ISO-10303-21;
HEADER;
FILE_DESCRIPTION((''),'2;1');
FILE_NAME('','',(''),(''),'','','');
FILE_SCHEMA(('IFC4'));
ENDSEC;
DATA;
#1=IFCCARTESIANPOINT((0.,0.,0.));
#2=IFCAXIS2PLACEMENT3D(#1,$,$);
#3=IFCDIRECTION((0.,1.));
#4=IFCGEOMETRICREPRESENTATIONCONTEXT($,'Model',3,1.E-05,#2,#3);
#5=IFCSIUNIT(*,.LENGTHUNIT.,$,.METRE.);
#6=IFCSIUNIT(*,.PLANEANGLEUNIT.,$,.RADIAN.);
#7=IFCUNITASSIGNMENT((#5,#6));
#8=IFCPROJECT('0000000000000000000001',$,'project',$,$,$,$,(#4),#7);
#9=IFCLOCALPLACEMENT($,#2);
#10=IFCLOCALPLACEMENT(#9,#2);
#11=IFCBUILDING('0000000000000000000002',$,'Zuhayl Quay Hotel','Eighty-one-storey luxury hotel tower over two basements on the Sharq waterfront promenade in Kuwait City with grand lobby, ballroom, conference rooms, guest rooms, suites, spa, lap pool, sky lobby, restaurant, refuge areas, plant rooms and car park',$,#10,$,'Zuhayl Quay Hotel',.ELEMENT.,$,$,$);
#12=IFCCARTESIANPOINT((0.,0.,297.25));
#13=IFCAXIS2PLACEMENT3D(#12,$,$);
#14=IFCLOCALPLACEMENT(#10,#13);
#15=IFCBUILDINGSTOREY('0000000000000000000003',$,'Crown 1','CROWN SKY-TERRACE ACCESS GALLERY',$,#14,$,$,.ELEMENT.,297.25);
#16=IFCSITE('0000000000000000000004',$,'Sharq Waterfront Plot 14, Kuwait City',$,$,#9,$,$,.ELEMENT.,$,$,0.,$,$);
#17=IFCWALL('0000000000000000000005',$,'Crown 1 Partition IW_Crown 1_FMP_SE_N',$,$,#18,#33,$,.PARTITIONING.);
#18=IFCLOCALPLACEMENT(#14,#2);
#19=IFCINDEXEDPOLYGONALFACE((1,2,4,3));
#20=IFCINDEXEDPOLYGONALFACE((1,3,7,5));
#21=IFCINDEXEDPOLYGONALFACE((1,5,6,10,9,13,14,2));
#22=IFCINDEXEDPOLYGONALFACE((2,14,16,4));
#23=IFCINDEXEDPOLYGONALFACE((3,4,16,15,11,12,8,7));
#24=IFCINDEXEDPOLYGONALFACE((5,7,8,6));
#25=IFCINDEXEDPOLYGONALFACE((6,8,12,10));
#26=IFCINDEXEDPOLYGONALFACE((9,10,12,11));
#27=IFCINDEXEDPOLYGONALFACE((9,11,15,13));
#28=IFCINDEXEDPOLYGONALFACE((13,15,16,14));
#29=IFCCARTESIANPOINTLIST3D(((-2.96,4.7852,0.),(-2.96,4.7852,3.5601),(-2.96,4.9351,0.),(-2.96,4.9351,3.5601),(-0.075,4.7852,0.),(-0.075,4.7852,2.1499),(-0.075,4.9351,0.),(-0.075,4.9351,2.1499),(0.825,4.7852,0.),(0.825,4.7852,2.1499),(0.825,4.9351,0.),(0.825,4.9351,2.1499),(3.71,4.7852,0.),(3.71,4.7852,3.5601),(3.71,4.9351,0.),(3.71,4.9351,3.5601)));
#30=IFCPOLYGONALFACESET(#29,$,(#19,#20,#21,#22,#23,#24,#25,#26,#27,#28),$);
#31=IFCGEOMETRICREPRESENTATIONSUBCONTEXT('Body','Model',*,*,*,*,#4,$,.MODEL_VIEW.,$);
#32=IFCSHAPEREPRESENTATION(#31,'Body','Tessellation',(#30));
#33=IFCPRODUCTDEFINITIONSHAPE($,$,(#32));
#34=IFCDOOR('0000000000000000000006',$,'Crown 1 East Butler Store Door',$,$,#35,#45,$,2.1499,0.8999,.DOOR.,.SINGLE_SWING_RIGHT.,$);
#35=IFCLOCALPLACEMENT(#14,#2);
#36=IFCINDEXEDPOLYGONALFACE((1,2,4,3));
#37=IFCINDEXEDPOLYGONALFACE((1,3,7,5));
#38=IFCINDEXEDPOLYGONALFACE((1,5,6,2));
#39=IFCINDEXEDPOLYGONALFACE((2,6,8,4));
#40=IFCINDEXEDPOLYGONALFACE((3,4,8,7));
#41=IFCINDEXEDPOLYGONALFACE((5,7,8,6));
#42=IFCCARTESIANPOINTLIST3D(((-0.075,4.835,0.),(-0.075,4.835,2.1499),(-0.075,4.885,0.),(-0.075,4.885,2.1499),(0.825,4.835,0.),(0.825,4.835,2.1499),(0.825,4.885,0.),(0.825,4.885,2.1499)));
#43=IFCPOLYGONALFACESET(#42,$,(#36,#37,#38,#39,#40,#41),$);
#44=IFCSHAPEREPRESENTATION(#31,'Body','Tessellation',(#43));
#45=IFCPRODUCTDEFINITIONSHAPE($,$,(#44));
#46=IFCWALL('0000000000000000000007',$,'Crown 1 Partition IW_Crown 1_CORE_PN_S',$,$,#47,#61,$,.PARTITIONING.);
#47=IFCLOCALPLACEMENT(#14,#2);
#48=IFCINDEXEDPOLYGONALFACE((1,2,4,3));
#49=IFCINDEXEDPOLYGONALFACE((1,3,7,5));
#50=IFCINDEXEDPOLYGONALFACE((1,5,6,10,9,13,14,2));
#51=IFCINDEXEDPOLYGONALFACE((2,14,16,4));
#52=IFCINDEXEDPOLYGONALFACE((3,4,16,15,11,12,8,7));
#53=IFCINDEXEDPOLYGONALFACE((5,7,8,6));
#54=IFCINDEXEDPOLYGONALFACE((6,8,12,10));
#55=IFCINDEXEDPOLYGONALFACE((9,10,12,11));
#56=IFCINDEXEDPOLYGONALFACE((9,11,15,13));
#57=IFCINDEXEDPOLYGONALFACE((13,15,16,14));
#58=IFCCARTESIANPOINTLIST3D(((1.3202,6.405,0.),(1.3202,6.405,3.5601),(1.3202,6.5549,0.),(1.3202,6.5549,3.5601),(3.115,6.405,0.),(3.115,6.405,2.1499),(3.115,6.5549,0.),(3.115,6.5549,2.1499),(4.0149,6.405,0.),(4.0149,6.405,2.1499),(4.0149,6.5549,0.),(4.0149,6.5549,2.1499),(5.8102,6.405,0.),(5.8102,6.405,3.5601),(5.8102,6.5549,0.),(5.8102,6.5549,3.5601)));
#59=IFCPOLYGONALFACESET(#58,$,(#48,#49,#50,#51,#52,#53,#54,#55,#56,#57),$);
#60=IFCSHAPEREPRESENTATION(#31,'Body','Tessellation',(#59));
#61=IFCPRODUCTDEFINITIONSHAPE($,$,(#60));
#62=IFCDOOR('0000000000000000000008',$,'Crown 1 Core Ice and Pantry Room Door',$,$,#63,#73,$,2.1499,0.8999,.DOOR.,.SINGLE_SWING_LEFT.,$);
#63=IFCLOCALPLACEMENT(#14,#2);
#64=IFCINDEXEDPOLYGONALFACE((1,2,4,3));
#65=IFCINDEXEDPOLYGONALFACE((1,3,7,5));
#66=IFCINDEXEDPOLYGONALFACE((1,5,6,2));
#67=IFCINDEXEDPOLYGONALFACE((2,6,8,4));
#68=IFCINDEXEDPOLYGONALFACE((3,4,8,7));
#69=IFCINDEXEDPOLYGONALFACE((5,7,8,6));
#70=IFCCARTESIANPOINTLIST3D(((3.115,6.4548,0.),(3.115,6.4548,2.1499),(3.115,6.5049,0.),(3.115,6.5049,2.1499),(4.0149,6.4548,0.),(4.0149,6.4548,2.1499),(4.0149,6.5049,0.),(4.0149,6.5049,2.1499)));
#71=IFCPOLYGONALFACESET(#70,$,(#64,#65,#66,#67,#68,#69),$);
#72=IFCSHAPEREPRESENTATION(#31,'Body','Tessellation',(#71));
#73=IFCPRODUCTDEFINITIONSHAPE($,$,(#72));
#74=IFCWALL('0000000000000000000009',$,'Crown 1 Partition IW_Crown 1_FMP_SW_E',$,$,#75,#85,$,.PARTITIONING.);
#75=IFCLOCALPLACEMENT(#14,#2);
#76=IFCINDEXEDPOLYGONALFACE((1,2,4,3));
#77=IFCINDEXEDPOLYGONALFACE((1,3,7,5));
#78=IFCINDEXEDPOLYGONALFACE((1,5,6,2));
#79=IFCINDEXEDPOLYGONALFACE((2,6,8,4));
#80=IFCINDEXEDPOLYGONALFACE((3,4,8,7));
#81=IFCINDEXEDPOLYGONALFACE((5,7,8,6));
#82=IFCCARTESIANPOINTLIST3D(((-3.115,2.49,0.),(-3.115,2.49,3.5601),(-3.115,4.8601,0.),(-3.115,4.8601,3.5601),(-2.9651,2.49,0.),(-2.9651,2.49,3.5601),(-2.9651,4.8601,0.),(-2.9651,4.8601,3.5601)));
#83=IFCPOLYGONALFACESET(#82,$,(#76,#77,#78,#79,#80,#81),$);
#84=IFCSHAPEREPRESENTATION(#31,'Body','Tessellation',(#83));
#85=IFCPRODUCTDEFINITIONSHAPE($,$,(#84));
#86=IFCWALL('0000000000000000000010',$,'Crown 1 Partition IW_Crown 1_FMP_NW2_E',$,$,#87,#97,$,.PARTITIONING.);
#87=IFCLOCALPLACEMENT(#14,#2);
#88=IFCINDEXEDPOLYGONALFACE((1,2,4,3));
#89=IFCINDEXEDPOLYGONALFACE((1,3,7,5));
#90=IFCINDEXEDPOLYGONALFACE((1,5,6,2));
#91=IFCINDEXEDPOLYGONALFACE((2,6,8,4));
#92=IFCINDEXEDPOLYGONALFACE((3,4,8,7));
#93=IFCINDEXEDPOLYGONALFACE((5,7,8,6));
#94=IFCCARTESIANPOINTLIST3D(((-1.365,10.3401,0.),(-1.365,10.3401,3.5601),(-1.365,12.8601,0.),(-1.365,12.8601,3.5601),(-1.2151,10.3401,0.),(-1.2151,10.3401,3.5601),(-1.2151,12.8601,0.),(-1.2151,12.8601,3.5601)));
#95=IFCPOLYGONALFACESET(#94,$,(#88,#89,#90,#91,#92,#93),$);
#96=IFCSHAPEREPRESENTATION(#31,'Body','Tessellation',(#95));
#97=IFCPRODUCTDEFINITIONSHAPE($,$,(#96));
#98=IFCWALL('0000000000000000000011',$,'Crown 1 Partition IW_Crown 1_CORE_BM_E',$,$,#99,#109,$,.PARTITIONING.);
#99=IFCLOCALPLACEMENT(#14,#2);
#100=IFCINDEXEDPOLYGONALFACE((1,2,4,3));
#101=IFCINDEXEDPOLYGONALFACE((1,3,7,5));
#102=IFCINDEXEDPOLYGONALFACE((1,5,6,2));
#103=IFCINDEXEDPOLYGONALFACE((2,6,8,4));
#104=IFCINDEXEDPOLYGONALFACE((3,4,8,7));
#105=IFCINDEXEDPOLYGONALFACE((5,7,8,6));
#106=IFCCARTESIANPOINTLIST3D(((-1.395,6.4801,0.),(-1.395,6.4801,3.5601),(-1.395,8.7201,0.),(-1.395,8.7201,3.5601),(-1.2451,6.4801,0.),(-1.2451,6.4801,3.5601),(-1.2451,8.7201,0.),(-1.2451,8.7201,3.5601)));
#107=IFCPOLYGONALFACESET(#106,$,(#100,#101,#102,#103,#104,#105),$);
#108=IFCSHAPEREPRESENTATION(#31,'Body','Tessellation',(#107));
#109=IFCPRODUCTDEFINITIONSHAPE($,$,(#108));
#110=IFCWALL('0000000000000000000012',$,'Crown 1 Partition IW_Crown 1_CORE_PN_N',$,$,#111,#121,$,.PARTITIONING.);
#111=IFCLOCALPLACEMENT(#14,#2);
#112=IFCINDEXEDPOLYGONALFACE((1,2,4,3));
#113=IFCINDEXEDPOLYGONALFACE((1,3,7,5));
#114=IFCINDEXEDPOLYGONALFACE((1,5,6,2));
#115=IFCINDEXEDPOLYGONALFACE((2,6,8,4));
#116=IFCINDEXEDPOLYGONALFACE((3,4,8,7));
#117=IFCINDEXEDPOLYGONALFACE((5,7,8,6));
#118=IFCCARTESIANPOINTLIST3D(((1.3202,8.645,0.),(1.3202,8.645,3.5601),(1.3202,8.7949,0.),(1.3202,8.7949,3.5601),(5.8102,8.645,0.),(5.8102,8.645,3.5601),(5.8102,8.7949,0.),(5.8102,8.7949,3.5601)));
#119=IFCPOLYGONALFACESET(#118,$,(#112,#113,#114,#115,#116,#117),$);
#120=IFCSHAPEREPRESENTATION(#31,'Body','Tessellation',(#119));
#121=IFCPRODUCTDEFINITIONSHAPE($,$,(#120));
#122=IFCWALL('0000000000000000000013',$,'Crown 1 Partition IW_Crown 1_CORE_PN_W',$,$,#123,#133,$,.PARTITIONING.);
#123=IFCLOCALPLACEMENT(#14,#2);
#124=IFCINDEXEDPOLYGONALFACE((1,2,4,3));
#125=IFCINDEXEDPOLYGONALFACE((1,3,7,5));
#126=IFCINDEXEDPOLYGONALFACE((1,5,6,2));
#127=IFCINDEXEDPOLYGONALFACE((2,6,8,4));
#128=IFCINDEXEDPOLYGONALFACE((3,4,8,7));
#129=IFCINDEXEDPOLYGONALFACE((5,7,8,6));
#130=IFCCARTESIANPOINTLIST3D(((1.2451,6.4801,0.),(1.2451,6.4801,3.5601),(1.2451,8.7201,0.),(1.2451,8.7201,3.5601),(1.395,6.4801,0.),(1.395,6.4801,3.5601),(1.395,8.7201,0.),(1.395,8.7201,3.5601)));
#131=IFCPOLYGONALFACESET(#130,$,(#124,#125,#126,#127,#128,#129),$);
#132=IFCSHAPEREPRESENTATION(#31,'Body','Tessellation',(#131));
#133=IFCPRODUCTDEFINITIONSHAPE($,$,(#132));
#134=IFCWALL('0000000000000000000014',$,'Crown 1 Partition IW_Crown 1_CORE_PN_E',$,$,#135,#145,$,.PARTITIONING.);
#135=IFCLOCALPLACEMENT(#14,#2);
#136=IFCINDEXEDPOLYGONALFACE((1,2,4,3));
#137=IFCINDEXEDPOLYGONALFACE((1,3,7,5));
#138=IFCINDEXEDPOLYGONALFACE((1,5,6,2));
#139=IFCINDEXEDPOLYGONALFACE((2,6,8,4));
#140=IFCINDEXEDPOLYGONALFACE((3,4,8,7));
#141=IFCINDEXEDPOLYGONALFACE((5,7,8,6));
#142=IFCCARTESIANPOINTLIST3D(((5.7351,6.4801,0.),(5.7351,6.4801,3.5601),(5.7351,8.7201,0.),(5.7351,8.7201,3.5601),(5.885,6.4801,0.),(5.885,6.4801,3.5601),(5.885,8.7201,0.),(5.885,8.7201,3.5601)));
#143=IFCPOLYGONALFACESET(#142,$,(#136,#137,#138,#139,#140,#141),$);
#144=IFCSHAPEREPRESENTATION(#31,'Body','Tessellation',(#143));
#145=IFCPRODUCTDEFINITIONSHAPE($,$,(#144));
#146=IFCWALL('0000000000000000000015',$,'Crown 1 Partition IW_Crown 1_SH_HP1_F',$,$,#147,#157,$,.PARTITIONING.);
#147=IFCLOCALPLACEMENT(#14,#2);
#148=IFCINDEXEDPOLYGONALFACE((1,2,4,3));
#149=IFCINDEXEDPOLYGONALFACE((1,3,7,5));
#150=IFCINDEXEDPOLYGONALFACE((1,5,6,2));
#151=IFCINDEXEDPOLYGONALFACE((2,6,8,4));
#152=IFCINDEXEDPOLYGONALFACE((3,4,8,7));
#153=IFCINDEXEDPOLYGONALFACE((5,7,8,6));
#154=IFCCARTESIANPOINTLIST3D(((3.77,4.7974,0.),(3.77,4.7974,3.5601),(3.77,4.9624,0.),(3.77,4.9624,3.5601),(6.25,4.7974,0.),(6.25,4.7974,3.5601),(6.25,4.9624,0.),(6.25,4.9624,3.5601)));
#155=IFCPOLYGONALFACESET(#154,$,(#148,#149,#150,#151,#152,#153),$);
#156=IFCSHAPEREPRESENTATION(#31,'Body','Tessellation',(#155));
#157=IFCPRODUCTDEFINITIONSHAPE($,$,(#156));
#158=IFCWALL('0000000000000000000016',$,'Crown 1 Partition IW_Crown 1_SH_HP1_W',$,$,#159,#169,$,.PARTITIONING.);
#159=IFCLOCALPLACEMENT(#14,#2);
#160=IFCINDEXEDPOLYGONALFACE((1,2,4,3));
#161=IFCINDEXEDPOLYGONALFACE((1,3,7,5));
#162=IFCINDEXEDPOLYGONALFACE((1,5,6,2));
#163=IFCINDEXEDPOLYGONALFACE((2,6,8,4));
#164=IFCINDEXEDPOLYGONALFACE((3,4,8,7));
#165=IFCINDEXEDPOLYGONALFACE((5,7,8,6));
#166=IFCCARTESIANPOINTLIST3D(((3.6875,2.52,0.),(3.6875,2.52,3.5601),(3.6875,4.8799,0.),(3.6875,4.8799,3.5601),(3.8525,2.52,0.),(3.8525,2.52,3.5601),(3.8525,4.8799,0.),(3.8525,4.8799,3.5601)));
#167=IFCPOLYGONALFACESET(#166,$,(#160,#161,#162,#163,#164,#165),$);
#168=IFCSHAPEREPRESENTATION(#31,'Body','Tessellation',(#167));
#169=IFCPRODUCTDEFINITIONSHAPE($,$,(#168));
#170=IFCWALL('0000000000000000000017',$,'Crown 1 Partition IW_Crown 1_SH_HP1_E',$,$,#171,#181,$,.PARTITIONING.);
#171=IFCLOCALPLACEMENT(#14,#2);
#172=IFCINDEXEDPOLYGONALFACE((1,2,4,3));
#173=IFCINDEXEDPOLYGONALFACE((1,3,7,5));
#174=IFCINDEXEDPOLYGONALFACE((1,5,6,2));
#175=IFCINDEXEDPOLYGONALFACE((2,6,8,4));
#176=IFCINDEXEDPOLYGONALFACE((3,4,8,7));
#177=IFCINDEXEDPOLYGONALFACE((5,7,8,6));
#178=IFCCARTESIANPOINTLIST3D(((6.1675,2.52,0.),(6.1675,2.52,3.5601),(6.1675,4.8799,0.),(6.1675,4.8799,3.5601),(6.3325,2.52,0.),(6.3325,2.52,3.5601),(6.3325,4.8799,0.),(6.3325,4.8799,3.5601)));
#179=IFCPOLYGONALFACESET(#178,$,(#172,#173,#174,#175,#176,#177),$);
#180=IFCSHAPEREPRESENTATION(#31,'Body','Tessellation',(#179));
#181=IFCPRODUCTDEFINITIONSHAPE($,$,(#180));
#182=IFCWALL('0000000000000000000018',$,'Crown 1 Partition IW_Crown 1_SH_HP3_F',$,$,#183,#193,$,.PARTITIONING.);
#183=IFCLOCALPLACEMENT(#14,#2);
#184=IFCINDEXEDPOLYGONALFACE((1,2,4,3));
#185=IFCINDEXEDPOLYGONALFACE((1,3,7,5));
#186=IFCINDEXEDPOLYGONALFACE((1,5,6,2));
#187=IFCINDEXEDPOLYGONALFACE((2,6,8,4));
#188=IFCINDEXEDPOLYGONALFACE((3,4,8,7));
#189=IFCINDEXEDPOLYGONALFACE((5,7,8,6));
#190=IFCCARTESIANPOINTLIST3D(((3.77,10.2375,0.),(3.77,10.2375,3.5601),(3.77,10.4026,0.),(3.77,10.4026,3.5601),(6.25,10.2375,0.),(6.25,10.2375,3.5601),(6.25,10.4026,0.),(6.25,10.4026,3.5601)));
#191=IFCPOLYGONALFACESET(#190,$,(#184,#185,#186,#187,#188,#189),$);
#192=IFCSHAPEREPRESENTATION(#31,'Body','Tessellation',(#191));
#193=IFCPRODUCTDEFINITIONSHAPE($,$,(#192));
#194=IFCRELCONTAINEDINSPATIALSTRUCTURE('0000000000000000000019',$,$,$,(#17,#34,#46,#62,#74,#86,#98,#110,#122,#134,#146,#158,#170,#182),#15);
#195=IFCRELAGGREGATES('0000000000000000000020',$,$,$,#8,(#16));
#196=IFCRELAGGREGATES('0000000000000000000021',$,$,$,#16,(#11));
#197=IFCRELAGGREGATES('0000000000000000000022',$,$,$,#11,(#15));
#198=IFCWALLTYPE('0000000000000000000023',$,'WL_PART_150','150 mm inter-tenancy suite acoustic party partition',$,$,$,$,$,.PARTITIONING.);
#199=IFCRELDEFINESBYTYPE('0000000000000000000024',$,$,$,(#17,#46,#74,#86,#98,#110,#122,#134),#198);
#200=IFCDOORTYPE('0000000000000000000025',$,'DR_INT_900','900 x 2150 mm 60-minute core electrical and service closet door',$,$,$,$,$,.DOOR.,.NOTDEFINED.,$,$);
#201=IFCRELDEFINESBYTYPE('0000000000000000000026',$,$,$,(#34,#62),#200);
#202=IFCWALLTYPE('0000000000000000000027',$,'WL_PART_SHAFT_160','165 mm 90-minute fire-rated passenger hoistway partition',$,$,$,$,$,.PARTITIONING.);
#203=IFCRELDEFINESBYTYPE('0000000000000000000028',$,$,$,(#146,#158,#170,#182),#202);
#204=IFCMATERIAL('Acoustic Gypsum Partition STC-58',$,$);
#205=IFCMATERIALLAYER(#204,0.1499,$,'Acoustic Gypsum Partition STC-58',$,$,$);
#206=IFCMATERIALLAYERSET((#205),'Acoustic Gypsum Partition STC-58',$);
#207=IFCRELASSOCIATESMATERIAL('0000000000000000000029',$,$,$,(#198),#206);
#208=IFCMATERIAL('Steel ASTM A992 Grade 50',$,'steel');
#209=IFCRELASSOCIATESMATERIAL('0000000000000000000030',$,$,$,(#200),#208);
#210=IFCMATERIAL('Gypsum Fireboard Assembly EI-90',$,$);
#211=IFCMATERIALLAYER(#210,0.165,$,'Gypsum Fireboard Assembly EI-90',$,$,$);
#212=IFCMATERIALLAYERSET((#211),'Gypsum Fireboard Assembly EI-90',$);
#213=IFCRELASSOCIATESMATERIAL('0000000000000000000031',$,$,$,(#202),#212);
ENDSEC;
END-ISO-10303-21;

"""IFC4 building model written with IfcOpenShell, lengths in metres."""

from ifc_helpers import new_model, si_unit, direction, frame, frame_2d, origin, place, context, subcontext, project, spatial, rectangle, extrude, material, layer, layer_set, type_object, element, fill, save


model = new_model("IFC4")

# Units and contexts
model_context = context("Model", 3, precision=1e-05, world=origin(), true_north=direction((0.0, 1.0)))
body_context = subcontext(model_context, "Body", "Model", "MODEL_VIEW")
ifc_project = project(units=[si_unit("LENGTHUNIT", "METRE"), si_unit("PLANEANGLEUNIT", "RADIAN")], contexts=[model_context])

# Site, building, storey
site_placement = place(None, origin())
site = spatial("IfcSite", under=ifc_project, at=site_placement, Name="Sharq Waterfront Plot 14, Kuwait City", CompositionType="ELEMENT", RefElevation=0.0)
building_placement = place(site_placement, origin())
building = spatial("IfcBuilding", under=site, at=building_placement, Name="Zuhayl Quay Hotel", Description="Eighty-one-storey luxury hotel tower over two basements on the Sharq waterfront promenade in Kuwait City with grand lobby, ballroom, conference rooms, guest rooms, suites, spa, lap pool, sky lobby, restaurant, refuge areas, plant rooms and car park", LongName="Zuhayl Quay Hotel", CompositionType="ELEMENT")
storey_placement = place(building_placement, frame((0.0, 0.0, 297.25)))
storey = spatial("IfcBuildingStorey", under=building, at=storey_placement, Name="Crown 1", Description="CROWN SKY-TERRACE ACCESS GALLERY", CompositionType="ELEMENT", Elevation=297.25)

# Walls, openings, doors
ifc_material_1 = material(Name="Acoustic Gypsum Partition STC-58")
ifc_layer_1 = layer(ifc_material_1, 0.1499, Name="Acoustic Gypsum Partition STC-58")
ifc_layer_set_1 = layer_set([ifc_layer_1], Name="Acoustic Gypsum Partition STC-58")
wall_type_1 = type_object("IfcWallType", Name="WL_PART_150", Description="150 mm inter-tenancy suite acoustic party partition", PredefinedType="PARTITIONING", material=ifc_layer_set_1)
wall_1_placement = place(storey_placement, frame((-2.96, 4.8601, 0.0), z_axis=(0.0, 0.0, 1.0), x_axis=(1.0, 0.0, 0.0)))
wall_1 = element("IfcWall", 1, at=wall_1_placement, inside=storey, type_object=wall_type_1, Name="Crown 1 Partition IW_Crown 1_FMP_SE_N", PredefinedType="PARTITIONING", context=body_context, shape_type="SweptSolid", body=[
    extrude(rectangle(XDim=6.6699, YDim=0.1499, at=frame_2d((3.335, 0.0))), origin(), (0.0, 0.0, 1.0), 3.5601),
])
opening_1_placement = place(wall_1_placement, frame((2.885, 0.0, 0.0)))
opening_1 = element("IfcOpeningElement", 2, at=opening_1_placement, cuts=wall_1, PredefinedType="OPENING", context=body_context, shape_type="SweptSolid", body=[
    extrude(rectangle(XDim=0.8999, YDim=2.1499, at=frame_2d((0.45, 1.075))), frame((0.0, 0.085, 0.0), z_axis=(0.0, -1.0, 0.0), x_axis=(1.0, 0.0, 0.0)), (0.0, 0.0, 1.0), 0.1699),
])
ifc_material_2 = material(Name="Steel ASTM A992 Grade 50", Category="steel")
door_type = type_object("IfcDoorType", Name="DR_INT_900", Description="900 x 2150 mm 60-minute core electrical and service closet door", OperationType="NOTDEFINED", PredefinedType="DOOR", material=ifc_material_2)
door_1_placement = place(opening_1_placement, origin())
door_1 = element("IfcDoor", 3, at=door_1_placement, inside=storey, type_object=door_type, Name="Crown 1 East Butler Store Door", OperationType="SINGLE_SWING_RIGHT", OverallHeight=2.1499, OverallWidth=0.8999, PredefinedType="DOOR", context=body_context, shape_type="SweptSolid", body=[
    extrude(rectangle(XDim=0.8999, YDim=2.1499, at=frame_2d((0.45, 1.075))), frame((0.0, 0.0249, 0.0), z_axis=(0.0, -1.0, 0.0), x_axis=(1.0, 0.0, 0.0)), (0.0, 0.0, 1.0), 0.05),
])
fill(opening_1, door_1)
wall_2_placement = place(storey_placement, frame((1.3201, 6.48, 0.0), z_axis=(0.0, 0.0, 1.0), x_axis=(1.0, 0.0, 0.0)))
wall_2 = element("IfcWall", 4, at=wall_2_placement, inside=storey, type_object=wall_type_1, Name="Crown 1 Partition IW_Crown 1_CORE_PN_S", PredefinedType="PARTITIONING", context=body_context, shape_type="SweptSolid", body=[
    extrude(rectangle(XDim=4.49, YDim=0.1499, at=frame_2d((2.2451, 0.0))), origin(), (0.0, 0.0, 1.0), 3.5601),
])
opening_2_placement = place(wall_2_placement, frame((1.7949, 0.0, 0.0)))
opening_2 = element("IfcOpeningElement", 5, at=opening_2_placement, cuts=wall_2, PredefinedType="OPENING", context=body_context, shape_type="SweptSolid", body=[
    extrude(rectangle(XDim=0.8999, YDim=2.1499, at=frame_2d((0.45, 1.075))), frame((0.0, 0.085, 0.0), z_axis=(0.0, -1.0, 0.0), x_axis=(1.0, 0.0, 0.0)), (0.0, 0.0, 1.0), 0.1699),
])
door_2_placement = place(opening_2_placement, origin())
door_2 = element("IfcDoor", 6, at=door_2_placement, inside=storey, type_object=door_type, Name="Crown 1 Core Ice and Pantry Room Door", OperationType="SINGLE_SWING_LEFT", OverallHeight=2.1499, OverallWidth=0.8999, PredefinedType="DOOR", context=body_context, shape_type="SweptSolid", body=[
    extrude(rectangle(XDim=0.8999, YDim=2.1499, at=frame_2d((0.45, 1.075))), frame((0.0, 0.0249, 0.0), z_axis=(0.0, -1.0, 0.0), x_axis=(1.0, 0.0, 0.0)), (0.0, 0.0, 1.0), 0.05),
])
fill(opening_2, door_2)

# Walls
wall_3_placement = place(storey_placement, frame((-3.04, 2.49, 0.0), z_axis=(0.0, 0.0, 1.0), x_axis=(0.0, 1.0, 0.0)))
element("IfcWall", 7, at=wall_3_placement, inside=storey, type_object=wall_type_1, Name="Crown 1 Partition IW_Crown 1_FMP_SW_E", PredefinedType="PARTITIONING", context=body_context, shape_type="SweptSolid", body=[
    extrude(rectangle(XDim=2.3701, YDim=0.1499, at=frame_2d((1.1851, 0.0))), origin(), (0.0, 0.0, 1.0), 3.5601),
])
wall_4_placement = place(storey_placement, frame((-1.29, 10.3401, 0.0), z_axis=(0.0, 0.0, 1.0), x_axis=(0.0, 1.0, 0.0)))
element("IfcWall", 8, at=wall_4_placement, inside=storey, type_object=wall_type_1, Name="Crown 1 Partition IW_Crown 1_FMP_NW2_E", PredefinedType="PARTITIONING", context=body_context, shape_type="SweptSolid", body=[
    extrude(rectangle(XDim=2.52, YDim=0.1499, at=frame_2d((1.26, 0.0))), origin(), (0.0, 0.0, 1.0), 3.5601),
])
wall_5_placement = place(storey_placement, frame((-1.3201, 6.48, 0.0), z_axis=(0.0, 0.0, 1.0), x_axis=(0.0, 1.0, 0.0)))
element("IfcWall", 9, at=wall_5_placement, inside=storey, type_object=wall_type_1, Name="Crown 1 Partition IW_Crown 1_CORE_BM_E", PredefinedType="PARTITIONING", context=body_context, shape_type="SweptSolid", body=[
    extrude(rectangle(XDim=2.24, YDim=0.1499, at=frame_2d((1.1201, 0.0))), origin(), (0.0, 0.0, 1.0), 3.5601),
])
wall_6_placement = place(storey_placement, frame((1.3201, 8.72, 0.0), z_axis=(0.0, 0.0, 1.0), x_axis=(1.0, 0.0, 0.0)))
element("IfcWall", 10, at=wall_6_placement, inside=storey, type_object=wall_type_1, Name="Crown 1 Partition IW_Crown 1_CORE_PN_N", PredefinedType="PARTITIONING", context=body_context, shape_type="SweptSolid", body=[
    extrude(rectangle(XDim=4.49, YDim=0.1499, at=frame_2d((2.2451, 0.0))), origin(), (0.0, 0.0, 1.0), 3.5601),
])
for number, where, z_axis, x_axis, name in (
    (11, (1.3201, 6.48, 0.0), (0.0, 0.0, 1.0), (0.0, 1.0, 0.0), "Crown 1 Partition IW_Crown 1_CORE_PN_W"),
    (12, (5.8101, 6.48, 0.0), (0.0, 0.0, 1.0), (0.0, 1.0, 0.0), "Crown 1 Partition IW_Crown 1_CORE_PN_E"),
):
    element("IfcWall", number, at=place(storey_placement, frame(where, z_axis=z_axis, x_axis=x_axis)), inside=storey, type_object=wall_type_1, Name=name, PredefinedType="PARTITIONING", context=body_context, shape_type="SweptSolid", body=[
        extrude(rectangle(XDim=2.24, YDim=0.1499, at=frame_2d((1.1201, 0.0))), origin(), (0.0, 0.0, 1.0), 3.5601),
    ])
ifc_material_3 = material(Name="Gypsum Fireboard Assembly EI-90")
ifc_layer_2 = layer(ifc_material_3, 0.165, Name="Gypsum Fireboard Assembly EI-90")
ifc_layer_set_2 = layer_set([ifc_layer_2], Name="Gypsum Fireboard Assembly EI-90")
wall_type_2 = type_object("IfcWallType", Name="WL_PART_SHAFT_160", Description="165 mm 90-minute fire-rated passenger hoistway partition", PredefinedType="PARTITIONING", material=ifc_layer_set_2)
wall_7_placement = place(storey_placement, frame((3.77, 4.8799, 0.0), z_axis=(0.0, 0.0, 1.0), x_axis=(1.0, 0.0, 0.0)))
element("IfcWall", 13, at=wall_7_placement, inside=storey, type_object=wall_type_2, Name="Crown 1 Partition IW_Crown 1_SH_HP1_F", PredefinedType="PARTITIONING", context=body_context, shape_type="SweptSolid", body=[
    extrude(rectangle(XDim=2.48, YDim=0.165, at=frame_2d((1.24, 0.0))), origin(), (0.0, 0.0, 1.0), 3.5601),
])
for number, where, z_axis, x_axis, name in (
    (14, (3.77, 2.52, 0.0), (0.0, 0.0, 1.0), (0.0, 1.0, 0.0), "Crown 1 Partition IW_Crown 1_SH_HP1_W"),
    (15, (6.25, 2.52, 0.0), (0.0, 0.0, 1.0), (0.0, 1.0, 0.0), "Crown 1 Partition IW_Crown 1_SH_HP1_E"),
):
    element("IfcWall", number, at=place(storey_placement, frame(where, z_axis=z_axis, x_axis=x_axis)), inside=storey, type_object=wall_type_2, Name=name, PredefinedType="PARTITIONING", context=body_context, shape_type="SweptSolid", body=[
        extrude(rectangle(XDim=2.3599, YDim=0.165, at=frame_2d((1.1799, 0.0))), origin(), (0.0, 0.0, 1.0), 3.5601),
    ])
wall_8_placement = place(storey_placement, frame((3.77, 10.3201, 0.0), z_axis=(0.0, 0.0, 1.0), x_axis=(1.0, 0.0, 0.0)))
element("IfcWall", 16, at=wall_8_placement, inside=storey, type_object=wall_type_2, Name="Crown 1 Partition IW_Crown 1_SH_HP3_F", PredefinedType="PARTITIONING", context=body_context, shape_type="SweptSolid", body=[
    extrude(rectangle(XDim=2.48, YDim=0.165, at=frame_2d((1.24, 0.0))), origin(), (0.0, 0.0, 1.0), 3.5601),
])

save(model, "model.ifc")
